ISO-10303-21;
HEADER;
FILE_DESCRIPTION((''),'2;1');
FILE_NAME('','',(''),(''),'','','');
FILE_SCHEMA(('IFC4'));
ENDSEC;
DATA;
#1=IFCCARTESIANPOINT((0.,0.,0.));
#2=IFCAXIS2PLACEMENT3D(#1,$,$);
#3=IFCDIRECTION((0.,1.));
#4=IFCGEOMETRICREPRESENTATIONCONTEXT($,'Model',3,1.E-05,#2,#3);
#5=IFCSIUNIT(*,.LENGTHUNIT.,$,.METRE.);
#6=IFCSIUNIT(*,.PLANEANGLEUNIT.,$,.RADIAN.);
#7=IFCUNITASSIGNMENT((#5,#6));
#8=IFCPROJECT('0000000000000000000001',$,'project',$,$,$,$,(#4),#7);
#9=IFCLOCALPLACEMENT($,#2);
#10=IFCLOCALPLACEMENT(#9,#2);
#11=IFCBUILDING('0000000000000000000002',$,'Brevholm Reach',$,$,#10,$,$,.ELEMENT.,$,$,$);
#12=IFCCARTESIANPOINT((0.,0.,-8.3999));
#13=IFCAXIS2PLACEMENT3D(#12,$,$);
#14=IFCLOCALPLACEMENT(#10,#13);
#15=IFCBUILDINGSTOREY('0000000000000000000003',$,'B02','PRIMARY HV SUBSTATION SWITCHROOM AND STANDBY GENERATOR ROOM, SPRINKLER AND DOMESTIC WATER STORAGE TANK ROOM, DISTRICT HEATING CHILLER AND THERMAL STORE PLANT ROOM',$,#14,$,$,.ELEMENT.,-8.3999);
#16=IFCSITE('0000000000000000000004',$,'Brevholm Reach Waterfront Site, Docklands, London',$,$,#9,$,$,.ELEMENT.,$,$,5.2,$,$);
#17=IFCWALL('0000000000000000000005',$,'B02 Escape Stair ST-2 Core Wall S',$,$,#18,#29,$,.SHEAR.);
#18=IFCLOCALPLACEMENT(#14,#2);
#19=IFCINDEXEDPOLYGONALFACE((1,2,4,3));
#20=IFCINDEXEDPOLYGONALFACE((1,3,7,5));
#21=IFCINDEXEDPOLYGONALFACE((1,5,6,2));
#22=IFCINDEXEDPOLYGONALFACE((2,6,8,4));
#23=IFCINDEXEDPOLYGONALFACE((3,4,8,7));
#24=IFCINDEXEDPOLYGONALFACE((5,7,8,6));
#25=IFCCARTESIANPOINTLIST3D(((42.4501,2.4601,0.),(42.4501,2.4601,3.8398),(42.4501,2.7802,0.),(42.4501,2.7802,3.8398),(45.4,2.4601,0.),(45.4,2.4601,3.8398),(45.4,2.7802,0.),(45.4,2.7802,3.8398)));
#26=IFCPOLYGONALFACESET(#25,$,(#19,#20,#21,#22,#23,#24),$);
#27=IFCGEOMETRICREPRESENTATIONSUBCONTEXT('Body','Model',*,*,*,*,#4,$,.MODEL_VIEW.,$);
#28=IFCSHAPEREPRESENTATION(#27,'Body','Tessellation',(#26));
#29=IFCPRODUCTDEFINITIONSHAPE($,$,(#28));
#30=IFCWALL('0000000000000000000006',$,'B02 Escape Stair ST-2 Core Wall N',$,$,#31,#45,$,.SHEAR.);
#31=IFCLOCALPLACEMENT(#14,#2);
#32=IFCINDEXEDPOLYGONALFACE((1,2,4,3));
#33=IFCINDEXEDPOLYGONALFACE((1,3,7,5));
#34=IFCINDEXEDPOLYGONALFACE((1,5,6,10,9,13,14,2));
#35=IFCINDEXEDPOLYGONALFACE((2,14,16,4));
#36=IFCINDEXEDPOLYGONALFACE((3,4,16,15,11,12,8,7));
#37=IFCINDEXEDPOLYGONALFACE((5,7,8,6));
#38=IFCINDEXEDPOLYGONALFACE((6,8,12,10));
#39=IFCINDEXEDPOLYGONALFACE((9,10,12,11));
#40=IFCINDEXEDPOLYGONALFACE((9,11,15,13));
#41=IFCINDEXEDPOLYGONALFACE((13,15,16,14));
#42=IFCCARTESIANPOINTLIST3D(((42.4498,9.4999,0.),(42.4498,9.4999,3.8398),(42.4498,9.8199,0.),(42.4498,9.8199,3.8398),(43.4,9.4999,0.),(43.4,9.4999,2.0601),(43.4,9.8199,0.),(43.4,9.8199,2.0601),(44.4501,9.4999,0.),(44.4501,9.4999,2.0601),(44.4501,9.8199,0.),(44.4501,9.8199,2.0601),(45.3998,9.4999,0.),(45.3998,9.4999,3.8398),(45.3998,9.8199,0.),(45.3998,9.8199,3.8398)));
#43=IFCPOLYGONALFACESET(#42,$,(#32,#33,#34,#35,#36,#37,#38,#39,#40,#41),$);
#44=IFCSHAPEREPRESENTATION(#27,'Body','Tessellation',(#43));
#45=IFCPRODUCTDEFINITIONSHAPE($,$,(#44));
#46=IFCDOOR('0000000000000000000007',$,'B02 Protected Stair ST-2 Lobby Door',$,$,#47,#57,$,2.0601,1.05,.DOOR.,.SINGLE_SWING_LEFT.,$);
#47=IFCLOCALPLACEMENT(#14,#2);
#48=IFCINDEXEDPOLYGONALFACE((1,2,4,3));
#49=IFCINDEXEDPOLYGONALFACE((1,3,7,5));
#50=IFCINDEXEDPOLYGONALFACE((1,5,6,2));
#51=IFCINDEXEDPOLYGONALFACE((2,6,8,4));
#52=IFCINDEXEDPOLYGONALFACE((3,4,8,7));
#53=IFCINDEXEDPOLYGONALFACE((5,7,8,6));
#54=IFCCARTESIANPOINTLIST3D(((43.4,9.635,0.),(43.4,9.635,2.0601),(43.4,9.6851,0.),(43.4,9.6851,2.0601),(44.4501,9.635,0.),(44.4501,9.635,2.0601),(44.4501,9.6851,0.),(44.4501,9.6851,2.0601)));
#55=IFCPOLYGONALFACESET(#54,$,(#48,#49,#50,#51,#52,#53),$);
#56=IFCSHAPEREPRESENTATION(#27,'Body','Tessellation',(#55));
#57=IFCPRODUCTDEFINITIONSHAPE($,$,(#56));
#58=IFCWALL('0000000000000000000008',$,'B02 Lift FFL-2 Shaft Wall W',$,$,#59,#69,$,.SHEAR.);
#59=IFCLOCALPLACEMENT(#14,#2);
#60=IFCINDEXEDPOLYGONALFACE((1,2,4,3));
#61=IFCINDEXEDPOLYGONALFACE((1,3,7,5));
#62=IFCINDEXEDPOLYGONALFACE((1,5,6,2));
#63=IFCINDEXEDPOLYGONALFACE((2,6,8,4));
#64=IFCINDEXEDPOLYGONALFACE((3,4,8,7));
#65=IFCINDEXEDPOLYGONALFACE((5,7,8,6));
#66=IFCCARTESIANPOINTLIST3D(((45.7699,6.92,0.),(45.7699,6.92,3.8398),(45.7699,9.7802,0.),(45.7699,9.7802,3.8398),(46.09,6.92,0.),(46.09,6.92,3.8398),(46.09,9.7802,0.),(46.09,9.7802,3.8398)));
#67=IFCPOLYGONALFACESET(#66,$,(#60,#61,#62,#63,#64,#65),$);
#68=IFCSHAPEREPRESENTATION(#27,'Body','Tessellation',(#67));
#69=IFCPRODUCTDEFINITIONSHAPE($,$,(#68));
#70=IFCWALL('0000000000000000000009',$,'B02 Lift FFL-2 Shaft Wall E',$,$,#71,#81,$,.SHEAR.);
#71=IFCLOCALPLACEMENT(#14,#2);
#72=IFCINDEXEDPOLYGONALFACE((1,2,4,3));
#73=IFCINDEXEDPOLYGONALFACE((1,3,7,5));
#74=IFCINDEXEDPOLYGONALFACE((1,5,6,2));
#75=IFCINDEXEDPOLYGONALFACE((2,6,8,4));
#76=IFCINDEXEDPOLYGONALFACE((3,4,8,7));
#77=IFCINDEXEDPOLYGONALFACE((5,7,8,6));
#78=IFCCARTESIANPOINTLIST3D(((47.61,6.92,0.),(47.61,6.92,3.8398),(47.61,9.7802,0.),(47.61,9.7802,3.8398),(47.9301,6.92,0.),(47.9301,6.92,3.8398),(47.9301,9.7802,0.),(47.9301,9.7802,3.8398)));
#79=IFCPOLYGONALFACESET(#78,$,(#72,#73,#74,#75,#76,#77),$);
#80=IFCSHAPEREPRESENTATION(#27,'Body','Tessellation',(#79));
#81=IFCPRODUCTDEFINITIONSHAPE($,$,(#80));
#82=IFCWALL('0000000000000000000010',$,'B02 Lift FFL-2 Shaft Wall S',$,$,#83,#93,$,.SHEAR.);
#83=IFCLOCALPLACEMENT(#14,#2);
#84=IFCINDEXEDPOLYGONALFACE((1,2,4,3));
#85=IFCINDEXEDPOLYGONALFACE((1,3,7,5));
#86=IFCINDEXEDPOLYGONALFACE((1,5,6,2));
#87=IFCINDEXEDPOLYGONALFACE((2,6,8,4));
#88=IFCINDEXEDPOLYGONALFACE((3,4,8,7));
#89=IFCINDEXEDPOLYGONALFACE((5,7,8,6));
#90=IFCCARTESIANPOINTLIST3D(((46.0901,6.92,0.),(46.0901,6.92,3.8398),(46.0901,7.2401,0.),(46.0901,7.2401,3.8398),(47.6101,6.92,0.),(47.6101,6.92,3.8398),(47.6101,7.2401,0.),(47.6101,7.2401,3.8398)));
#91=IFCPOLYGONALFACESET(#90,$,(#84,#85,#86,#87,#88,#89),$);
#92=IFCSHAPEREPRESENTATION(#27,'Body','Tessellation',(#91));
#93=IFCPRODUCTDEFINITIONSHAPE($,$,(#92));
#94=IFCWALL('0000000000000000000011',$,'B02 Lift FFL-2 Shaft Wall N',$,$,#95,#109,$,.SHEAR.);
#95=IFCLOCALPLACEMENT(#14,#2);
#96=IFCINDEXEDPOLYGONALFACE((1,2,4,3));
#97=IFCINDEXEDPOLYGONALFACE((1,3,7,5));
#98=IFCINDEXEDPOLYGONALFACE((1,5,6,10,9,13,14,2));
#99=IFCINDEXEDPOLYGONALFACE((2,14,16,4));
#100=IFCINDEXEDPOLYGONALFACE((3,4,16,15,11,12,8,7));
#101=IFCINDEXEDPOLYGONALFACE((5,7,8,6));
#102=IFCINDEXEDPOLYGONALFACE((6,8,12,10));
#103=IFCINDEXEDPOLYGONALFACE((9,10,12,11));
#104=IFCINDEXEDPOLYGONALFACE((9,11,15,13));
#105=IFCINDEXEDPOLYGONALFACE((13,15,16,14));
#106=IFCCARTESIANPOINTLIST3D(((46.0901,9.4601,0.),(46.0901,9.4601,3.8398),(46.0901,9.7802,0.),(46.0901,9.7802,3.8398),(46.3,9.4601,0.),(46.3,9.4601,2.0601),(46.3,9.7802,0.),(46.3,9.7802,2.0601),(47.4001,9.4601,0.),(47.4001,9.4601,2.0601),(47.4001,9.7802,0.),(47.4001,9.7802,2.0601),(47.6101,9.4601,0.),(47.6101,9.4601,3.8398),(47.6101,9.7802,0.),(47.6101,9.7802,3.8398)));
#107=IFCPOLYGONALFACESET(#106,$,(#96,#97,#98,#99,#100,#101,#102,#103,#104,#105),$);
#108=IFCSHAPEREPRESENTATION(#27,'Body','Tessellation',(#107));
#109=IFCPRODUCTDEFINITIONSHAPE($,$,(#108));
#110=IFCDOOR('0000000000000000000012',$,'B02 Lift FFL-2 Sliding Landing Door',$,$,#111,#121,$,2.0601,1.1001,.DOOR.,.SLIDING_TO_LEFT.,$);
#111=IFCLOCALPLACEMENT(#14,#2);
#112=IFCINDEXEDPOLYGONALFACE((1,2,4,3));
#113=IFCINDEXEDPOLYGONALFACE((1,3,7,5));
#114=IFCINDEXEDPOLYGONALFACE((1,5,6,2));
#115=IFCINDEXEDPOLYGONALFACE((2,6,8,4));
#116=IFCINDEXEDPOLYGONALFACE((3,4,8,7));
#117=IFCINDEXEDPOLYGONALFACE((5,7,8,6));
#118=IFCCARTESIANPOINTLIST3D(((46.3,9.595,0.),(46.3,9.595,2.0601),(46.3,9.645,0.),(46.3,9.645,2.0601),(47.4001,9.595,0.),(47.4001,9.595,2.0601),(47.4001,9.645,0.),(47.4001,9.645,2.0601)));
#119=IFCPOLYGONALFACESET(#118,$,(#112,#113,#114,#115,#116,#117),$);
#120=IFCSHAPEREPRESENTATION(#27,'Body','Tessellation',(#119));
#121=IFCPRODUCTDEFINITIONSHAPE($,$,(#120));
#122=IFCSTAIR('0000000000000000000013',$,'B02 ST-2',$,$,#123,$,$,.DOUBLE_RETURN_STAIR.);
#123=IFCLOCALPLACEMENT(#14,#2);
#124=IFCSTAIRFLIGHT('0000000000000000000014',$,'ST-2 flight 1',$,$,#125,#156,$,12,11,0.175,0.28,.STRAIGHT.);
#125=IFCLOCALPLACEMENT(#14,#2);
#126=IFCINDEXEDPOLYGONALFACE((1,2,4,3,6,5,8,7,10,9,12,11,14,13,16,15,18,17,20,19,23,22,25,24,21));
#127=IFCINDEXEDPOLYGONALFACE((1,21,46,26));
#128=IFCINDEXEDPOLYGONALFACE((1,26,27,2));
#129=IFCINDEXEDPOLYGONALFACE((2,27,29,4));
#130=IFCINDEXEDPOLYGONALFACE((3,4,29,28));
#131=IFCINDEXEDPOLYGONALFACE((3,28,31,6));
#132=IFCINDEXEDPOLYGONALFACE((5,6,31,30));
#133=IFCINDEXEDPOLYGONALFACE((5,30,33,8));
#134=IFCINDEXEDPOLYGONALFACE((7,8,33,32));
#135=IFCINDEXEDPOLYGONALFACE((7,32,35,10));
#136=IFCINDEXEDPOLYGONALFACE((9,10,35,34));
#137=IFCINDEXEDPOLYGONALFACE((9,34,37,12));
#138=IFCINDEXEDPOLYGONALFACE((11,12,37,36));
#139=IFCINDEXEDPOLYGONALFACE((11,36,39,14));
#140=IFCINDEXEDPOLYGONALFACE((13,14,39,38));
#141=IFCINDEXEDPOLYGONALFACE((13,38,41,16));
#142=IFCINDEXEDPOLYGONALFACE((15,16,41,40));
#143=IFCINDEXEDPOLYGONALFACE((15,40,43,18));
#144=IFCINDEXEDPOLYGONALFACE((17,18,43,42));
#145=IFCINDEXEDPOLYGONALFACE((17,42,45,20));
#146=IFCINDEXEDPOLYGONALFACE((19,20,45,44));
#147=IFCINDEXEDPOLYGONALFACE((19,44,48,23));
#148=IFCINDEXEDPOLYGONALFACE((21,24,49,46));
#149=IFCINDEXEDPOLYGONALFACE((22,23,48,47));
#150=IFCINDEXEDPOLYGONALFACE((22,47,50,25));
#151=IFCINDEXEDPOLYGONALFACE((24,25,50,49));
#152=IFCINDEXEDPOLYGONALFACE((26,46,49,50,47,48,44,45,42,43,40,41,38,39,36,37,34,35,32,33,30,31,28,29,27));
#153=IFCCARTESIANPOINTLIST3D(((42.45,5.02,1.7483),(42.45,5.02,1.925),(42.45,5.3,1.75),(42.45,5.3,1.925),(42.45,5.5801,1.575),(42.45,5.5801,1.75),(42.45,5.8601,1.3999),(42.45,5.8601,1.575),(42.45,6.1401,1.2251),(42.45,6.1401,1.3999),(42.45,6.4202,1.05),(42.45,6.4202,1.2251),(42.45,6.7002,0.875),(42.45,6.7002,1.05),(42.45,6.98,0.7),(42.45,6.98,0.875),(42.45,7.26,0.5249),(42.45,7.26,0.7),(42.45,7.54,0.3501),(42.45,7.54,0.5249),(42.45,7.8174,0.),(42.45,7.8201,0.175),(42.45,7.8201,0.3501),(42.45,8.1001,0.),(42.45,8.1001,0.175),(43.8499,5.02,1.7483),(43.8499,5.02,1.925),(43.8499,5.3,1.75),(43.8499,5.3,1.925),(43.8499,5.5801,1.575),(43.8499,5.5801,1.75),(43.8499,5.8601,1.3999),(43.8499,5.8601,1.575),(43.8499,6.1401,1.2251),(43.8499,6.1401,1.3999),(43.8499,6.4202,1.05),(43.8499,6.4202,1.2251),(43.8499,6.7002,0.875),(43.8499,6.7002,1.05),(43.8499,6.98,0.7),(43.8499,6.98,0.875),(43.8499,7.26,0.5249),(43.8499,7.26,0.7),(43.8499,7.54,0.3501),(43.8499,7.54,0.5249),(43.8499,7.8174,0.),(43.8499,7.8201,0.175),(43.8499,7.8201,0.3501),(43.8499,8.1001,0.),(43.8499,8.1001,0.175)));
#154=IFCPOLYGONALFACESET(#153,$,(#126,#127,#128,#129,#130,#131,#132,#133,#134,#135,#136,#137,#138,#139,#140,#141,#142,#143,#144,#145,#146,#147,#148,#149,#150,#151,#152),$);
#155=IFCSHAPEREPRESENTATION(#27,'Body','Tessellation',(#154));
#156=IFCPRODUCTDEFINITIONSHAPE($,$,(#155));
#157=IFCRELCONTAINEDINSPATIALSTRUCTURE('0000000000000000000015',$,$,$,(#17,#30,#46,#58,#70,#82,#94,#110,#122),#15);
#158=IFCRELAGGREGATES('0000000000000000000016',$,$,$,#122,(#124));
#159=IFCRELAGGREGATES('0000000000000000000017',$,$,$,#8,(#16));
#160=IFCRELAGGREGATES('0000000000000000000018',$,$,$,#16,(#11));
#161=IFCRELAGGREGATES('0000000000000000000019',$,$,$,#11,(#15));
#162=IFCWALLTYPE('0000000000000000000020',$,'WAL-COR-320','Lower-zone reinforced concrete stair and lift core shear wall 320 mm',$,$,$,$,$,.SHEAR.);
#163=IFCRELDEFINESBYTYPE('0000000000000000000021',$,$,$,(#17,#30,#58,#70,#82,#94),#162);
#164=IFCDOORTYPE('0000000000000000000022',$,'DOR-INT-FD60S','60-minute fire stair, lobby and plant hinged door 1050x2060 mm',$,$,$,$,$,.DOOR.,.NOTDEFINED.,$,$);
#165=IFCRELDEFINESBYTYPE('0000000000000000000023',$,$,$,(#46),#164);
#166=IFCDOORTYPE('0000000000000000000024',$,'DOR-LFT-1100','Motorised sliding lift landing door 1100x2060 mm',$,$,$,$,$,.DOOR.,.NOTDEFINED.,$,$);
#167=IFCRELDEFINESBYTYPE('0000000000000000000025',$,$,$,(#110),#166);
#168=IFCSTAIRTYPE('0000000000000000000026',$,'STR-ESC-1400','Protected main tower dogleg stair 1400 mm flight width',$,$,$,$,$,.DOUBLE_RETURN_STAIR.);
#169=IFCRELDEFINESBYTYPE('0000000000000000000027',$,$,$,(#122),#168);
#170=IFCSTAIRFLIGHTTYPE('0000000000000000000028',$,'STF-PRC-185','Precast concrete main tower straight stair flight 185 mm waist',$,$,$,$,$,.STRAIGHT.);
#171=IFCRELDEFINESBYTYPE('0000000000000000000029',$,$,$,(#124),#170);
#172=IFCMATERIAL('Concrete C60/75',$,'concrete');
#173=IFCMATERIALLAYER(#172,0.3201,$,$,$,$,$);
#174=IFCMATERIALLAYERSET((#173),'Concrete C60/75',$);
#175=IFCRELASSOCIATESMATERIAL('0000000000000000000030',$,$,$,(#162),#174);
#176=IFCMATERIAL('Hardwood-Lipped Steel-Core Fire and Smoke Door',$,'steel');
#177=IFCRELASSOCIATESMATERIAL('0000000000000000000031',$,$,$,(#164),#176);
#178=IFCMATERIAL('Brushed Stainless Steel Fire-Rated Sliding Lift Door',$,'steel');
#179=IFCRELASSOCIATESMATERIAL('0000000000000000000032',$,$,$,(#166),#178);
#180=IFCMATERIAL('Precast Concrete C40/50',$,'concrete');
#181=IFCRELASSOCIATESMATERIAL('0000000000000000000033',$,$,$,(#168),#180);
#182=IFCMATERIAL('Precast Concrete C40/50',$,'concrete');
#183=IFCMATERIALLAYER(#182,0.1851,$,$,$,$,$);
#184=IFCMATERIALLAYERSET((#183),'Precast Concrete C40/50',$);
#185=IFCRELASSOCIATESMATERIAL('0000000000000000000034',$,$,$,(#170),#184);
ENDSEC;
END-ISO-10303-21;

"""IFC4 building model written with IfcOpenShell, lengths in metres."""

from ifc_helpers import new_model, si_unit, direction, frame, frame_2d, origin, place, context, subcontext, project, spatial, polyline, rectangle, outline, extrude, material, layer, layer_set, type_object, element, fill, aggregate, save


model = new_model("IFC4")

# Units and contexts
model_context = context("Model", 3, precision=1e-05, world=origin(), true_north=direction((0.0, 1.0)))
body_context = subcontext(model_context, "Body", "Model", "MODEL_VIEW")
ifc_project = project(units=[si_unit("LENGTHUNIT", "METRE"), si_unit("PLANEANGLEUNIT", "RADIAN")], contexts=[model_context])

# Site, building, storey
site_placement = place(None, origin())
site = spatial("IfcSite", under=ifc_project, at=site_placement, Name="Brevholm Reach Waterfront Site, Docklands, London", CompositionType="ELEMENT", RefElevation=5.2)
building_placement = place(site_placement, origin())
building = spatial("IfcBuilding", under=site, at=building_placement, Name="Brevholm Reach", CompositionType="ELEMENT")
storey_placement = place(building_placement, frame((0.0, 0.0, -8.3999)))
storey = spatial("IfcBuildingStorey", under=building, at=storey_placement, Name="B02", Description="PRIMARY HV SUBSTATION SWITCHROOM AND STANDBY GENERATOR ROOM, SPRINKLER AND DOMESTIC WATER STORAGE TANK ROOM, DISTRICT HEATING CHILLER AND THERMAL STORE PLANT ROOM", CompositionType="ELEMENT", Elevation=-8.3999)

# Wall
ifc_material_1 = material(Name="Concrete C60/75", Category="concrete")
ifc_layer_1 = layer(ifc_material_1, 0.3201)
ifc_layer_set_1 = layer_set([ifc_layer_1], Name="Concrete C60/75")
wall_type = type_object("IfcWallType", Name="WAL-COR-320", Description="Lower-zone reinforced concrete stair and lift core shear wall 320 mm", PredefinedType="SHEAR", material=ifc_layer_set_1)
wall_1_placement = place(storey_placement, frame((42.45, 2.6201, 0.0), z_axis=(0.0, 0.0, 1.0), x_axis=(1.0, 0.0, 0.0)))
element("IfcWall", 1, at=wall_1_placement, inside=storey, type_object=wall_type, Name="B02 Escape Stair ST-2 Core Wall S", PredefinedType="SHEAR", context=body_context, shape_type="SweptSolid", body=[
    extrude(rectangle(XDim=2.95, YDim=0.3201, at=frame_2d((1.4751, 0.0))), origin(), (0.0, 0.0, 1.0), 3.8398),
])

# Wall, opening, door
wall_2_placement = place(storey_placement, frame((45.3999, 9.6599, 0.0), z_axis=(0.0, 0.0, 1.0), x_axis=(-1.0, 0.0, 0.0)))
wall_2 = element("IfcWall", 2, at=wall_2_placement, inside=storey, type_object=wall_type, Name="B02 Escape Stair ST-2 Core Wall N", PredefinedType="SHEAR", context=body_context, shape_type="SweptSolid", body=[
    extrude(rectangle(XDim=2.95, YDim=0.3201, at=frame_2d((1.4751, 0.0))), origin(), (0.0, 0.0, 1.0), 3.8398),
])
opening_1_placement = place(wall_2_placement, frame((0.95, 0.0, 0.0)))
opening_1 = element("IfcOpeningElement", 3, at=opening_1_placement, cuts=wall_2, PredefinedType="OPENING", context=body_context, shape_type="SweptSolid", body=[
    extrude(rectangle(XDim=1.05, YDim=2.0601, at=frame_2d((0.5249, 1.03))), frame((0.0, 0.1699, 0.0), z_axis=(0.0, -1.0, 0.0), x_axis=(1.0, 0.0, 0.0)), (0.0, 0.0, 1.0), 0.3401),
])
ifc_material_2 = material(Name="Hardwood-Lipped Steel-Core Fire and Smoke Door", Category="steel")
door_type_1 = type_object("IfcDoorType", Name="DOR-INT-FD60S", Description="60-minute fire stair, lobby and plant hinged door 1050x2060 mm", OperationType="NOTDEFINED", PredefinedType="DOOR", material=ifc_material_2)
door_1_placement = place(opening_1_placement, origin())
door_1 = element("IfcDoor", 4, at=door_1_placement, inside=storey, type_object=door_type_1, Name="B02 Protected Stair ST-2 Lobby Door", OperationType="SINGLE_SWING_LEFT", OverallHeight=2.0601, OverallWidth=1.05, PredefinedType="DOOR", context=body_context, shape_type="SweptSolid", body=[
    extrude(rectangle(XDim=1.05, YDim=2.0601, at=frame_2d((0.5249, 1.03))), frame((0.0, 0.0249, 0.0), z_axis=(0.0, -1.0, 0.0), x_axis=(1.0, 0.0, 0.0)), (0.0, 0.0, 1.0), 0.05),
])
fill(opening_1, door_1)

# Walls
for number, where, z_axis, x_axis, name in (
    (5, (45.9299, 6.9199, 0.0), (0.0, 0.0, 1.0), (0.0, 1.0, 0.0), "B02 Lift FFL-2 Shaft Wall W"),
    (6, (47.77, 6.9199, 0.0), (0.0, 0.0, 1.0), (0.0, 1.0, 0.0), "B02 Lift FFL-2 Shaft Wall E"),
):
    element("IfcWall", number, at=place(storey_placement, frame(where, z_axis=z_axis, x_axis=x_axis)), inside=storey, type_object=wall_type, Name=name, PredefinedType="SHEAR", context=body_context, shape_type="SweptSolid", body=[
        extrude(rectangle(XDim=2.8601, YDim=0.3201, at=frame_2d((1.4302, 0.0))), origin(), (0.0, 0.0, 1.0), 3.8398),
    ])
wall_3_placement = place(storey_placement, frame((46.0901, 7.0801, 0.0), z_axis=(0.0, 0.0, 1.0), x_axis=(1.0, 0.0, 0.0)))
element("IfcWall", 7, at=wall_3_placement, inside=storey, type_object=wall_type, Name="B02 Lift FFL-2 Shaft Wall S", PredefinedType="SHEAR", context=body_context, shape_type="SweptSolid", body=[
    extrude(rectangle(XDim=1.52, YDim=0.3201, at=frame_2d((0.76, 0.0))), origin(), (0.0, 0.0, 1.0), 3.8398),
])

# Wall, opening, door
wall_4_placement = place(storey_placement, frame((46.0901, 9.6201, 0.0), z_axis=(0.0, 0.0, 1.0), x_axis=(1.0, 0.0, 0.0)))
wall_4 = element("IfcWall", 8, at=wall_4_placement, inside=storey, type_object=wall_type, Name="B02 Lift FFL-2 Shaft Wall N", PredefinedType="SHEAR", context=body_context, shape_type="SweptSolid", body=[
    extrude(rectangle(XDim=1.52, YDim=0.3201, at=frame_2d((0.76, 0.0))), origin(), (0.0, 0.0, 1.0), 3.8398),
])
opening_2_placement = place(wall_4_placement, frame((0.21, 0.0, 0.0)))
opening_2 = element("IfcOpeningElement", 9, at=opening_2_placement, cuts=wall_4, PredefinedType="OPENING", context=body_context, shape_type="SweptSolid", body=[
    extrude(rectangle(XDim=1.1001, YDim=2.0601, at=frame_2d((0.55, 1.03))), frame((0.0, 0.1699, 0.0), z_axis=(0.0, -1.0, 0.0), x_axis=(1.0, 0.0, 0.0)), (0.0, 0.0, 1.0), 0.3401),
])
ifc_material_3 = material(Name="Brushed Stainless Steel Fire-Rated Sliding Lift Door", Category="steel")
door_type_2 = type_object("IfcDoorType", Name="DOR-LFT-1100", Description="Motorised sliding lift landing door 1100x2060 mm", OperationType="NOTDEFINED", PredefinedType="DOOR", material=ifc_material_3)
door_2_placement = place(opening_2_placement, origin())
door_2 = element("IfcDoor", 10, at=door_2_placement, inside=storey, type_object=door_type_2, Name="B02 Lift FFL-2 Sliding Landing Door", OperationType="SLIDING_TO_LEFT", OverallHeight=2.0601, OverallWidth=1.1001, PredefinedType="DOOR", context=body_context, shape_type="SweptSolid", body=[
    extrude(rectangle(XDim=1.1001, YDim=2.0601, at=frame_2d((0.55, 1.03))), frame((0.0, 0.0249, 0.0), z_axis=(0.0, -1.0, 0.0), x_axis=(1.0, 0.0, 0.0)), (0.0, 0.0, 1.0), 0.05),
])
fill(opening_2, door_2)

# Stair, stair flight
ifc_material_4 = material(Name="Precast Concrete C40/50", Category="concrete")
stair_type = type_object("IfcStairType", Name="STR-ESC-1400", Description="Protected main tower dogleg stair 1400 mm flight width", PredefinedType="DOUBLE_RETURN_STAIR", material=ifc_material_4)
stair_placement = place(storey_placement, origin())
stair = element("IfcStair", 11, at=stair_placement, inside=storey, type_object=stair_type, Name="B02 ST-2", PredefinedType="DOUBLE_RETURN_STAIR")
ifc_material_5 = material(Name="Precast Concrete C40/50", Category="concrete")
ifc_layer_2 = layer(ifc_material_5, 0.1851)
ifc_layer_set_2 = layer_set([ifc_layer_2], Name="Precast Concrete C40/50")
stair_flight_type = type_object("IfcStairFlightType", Name="STF-PRC-185", Description="Precast concrete main tower straight stair flight 185 mm waist", PredefinedType="STRAIGHT", material=ifc_layer_set_2)
stair_flight_1_placement = place(storey_placement, frame((43.1499, 8.1001, 0.0), z_axis=(0.0, 0.0, 1.0), x_axis=(0.0, -1.0, 0.0)))
stair_flight_1 = element("IfcStairFlight", 12, at=stair_flight_1_placement, type_object=stair_flight_type, Name="ST-2 flight 1", NumberOfRisers=12, NumberOfTreads=11, PredefinedType="STRAIGHT", RiserHeight=0.175, TreadLength=0.28, context=body_context, shape_type="SweptSolid", body=[
    extrude(outline(polyline([(0.0, 0.0), (0.0, 0.175), (0.28, 0.175), (0.28, 0.3501), (0.5601, 0.3501), (0.5601, 0.5249), (0.8401, 0.5249), (0.8401, 0.7), (1.1201, 0.7), (1.1201, 0.875), (1.3999, 0.875), (1.3999, 1.05), (1.6799, 1.05), (1.6799, 1.2251), (1.96, 1.2251), (1.96, 1.3999), (2.24, 1.3999), (2.24, 1.575), (2.52, 1.575), (2.52, 1.75), (2.8, 1.75), (2.8, 1.925), (3.0801, 1.925), (3.0801, 2.1001), (3.0801, 1.7483), (0.2827, 0.0), (0.0, 0.0)])), frame((0.0, 0.7, 0.0), z_axis=(0.0, -1.0, 0.0), x_axis=(1.0, 0.0, 0.0)), (0.0, 0.0, 1.0), 1.3999),
])
aggregate(stair, [stair_flight_1])

save(model, "model.ifc")
